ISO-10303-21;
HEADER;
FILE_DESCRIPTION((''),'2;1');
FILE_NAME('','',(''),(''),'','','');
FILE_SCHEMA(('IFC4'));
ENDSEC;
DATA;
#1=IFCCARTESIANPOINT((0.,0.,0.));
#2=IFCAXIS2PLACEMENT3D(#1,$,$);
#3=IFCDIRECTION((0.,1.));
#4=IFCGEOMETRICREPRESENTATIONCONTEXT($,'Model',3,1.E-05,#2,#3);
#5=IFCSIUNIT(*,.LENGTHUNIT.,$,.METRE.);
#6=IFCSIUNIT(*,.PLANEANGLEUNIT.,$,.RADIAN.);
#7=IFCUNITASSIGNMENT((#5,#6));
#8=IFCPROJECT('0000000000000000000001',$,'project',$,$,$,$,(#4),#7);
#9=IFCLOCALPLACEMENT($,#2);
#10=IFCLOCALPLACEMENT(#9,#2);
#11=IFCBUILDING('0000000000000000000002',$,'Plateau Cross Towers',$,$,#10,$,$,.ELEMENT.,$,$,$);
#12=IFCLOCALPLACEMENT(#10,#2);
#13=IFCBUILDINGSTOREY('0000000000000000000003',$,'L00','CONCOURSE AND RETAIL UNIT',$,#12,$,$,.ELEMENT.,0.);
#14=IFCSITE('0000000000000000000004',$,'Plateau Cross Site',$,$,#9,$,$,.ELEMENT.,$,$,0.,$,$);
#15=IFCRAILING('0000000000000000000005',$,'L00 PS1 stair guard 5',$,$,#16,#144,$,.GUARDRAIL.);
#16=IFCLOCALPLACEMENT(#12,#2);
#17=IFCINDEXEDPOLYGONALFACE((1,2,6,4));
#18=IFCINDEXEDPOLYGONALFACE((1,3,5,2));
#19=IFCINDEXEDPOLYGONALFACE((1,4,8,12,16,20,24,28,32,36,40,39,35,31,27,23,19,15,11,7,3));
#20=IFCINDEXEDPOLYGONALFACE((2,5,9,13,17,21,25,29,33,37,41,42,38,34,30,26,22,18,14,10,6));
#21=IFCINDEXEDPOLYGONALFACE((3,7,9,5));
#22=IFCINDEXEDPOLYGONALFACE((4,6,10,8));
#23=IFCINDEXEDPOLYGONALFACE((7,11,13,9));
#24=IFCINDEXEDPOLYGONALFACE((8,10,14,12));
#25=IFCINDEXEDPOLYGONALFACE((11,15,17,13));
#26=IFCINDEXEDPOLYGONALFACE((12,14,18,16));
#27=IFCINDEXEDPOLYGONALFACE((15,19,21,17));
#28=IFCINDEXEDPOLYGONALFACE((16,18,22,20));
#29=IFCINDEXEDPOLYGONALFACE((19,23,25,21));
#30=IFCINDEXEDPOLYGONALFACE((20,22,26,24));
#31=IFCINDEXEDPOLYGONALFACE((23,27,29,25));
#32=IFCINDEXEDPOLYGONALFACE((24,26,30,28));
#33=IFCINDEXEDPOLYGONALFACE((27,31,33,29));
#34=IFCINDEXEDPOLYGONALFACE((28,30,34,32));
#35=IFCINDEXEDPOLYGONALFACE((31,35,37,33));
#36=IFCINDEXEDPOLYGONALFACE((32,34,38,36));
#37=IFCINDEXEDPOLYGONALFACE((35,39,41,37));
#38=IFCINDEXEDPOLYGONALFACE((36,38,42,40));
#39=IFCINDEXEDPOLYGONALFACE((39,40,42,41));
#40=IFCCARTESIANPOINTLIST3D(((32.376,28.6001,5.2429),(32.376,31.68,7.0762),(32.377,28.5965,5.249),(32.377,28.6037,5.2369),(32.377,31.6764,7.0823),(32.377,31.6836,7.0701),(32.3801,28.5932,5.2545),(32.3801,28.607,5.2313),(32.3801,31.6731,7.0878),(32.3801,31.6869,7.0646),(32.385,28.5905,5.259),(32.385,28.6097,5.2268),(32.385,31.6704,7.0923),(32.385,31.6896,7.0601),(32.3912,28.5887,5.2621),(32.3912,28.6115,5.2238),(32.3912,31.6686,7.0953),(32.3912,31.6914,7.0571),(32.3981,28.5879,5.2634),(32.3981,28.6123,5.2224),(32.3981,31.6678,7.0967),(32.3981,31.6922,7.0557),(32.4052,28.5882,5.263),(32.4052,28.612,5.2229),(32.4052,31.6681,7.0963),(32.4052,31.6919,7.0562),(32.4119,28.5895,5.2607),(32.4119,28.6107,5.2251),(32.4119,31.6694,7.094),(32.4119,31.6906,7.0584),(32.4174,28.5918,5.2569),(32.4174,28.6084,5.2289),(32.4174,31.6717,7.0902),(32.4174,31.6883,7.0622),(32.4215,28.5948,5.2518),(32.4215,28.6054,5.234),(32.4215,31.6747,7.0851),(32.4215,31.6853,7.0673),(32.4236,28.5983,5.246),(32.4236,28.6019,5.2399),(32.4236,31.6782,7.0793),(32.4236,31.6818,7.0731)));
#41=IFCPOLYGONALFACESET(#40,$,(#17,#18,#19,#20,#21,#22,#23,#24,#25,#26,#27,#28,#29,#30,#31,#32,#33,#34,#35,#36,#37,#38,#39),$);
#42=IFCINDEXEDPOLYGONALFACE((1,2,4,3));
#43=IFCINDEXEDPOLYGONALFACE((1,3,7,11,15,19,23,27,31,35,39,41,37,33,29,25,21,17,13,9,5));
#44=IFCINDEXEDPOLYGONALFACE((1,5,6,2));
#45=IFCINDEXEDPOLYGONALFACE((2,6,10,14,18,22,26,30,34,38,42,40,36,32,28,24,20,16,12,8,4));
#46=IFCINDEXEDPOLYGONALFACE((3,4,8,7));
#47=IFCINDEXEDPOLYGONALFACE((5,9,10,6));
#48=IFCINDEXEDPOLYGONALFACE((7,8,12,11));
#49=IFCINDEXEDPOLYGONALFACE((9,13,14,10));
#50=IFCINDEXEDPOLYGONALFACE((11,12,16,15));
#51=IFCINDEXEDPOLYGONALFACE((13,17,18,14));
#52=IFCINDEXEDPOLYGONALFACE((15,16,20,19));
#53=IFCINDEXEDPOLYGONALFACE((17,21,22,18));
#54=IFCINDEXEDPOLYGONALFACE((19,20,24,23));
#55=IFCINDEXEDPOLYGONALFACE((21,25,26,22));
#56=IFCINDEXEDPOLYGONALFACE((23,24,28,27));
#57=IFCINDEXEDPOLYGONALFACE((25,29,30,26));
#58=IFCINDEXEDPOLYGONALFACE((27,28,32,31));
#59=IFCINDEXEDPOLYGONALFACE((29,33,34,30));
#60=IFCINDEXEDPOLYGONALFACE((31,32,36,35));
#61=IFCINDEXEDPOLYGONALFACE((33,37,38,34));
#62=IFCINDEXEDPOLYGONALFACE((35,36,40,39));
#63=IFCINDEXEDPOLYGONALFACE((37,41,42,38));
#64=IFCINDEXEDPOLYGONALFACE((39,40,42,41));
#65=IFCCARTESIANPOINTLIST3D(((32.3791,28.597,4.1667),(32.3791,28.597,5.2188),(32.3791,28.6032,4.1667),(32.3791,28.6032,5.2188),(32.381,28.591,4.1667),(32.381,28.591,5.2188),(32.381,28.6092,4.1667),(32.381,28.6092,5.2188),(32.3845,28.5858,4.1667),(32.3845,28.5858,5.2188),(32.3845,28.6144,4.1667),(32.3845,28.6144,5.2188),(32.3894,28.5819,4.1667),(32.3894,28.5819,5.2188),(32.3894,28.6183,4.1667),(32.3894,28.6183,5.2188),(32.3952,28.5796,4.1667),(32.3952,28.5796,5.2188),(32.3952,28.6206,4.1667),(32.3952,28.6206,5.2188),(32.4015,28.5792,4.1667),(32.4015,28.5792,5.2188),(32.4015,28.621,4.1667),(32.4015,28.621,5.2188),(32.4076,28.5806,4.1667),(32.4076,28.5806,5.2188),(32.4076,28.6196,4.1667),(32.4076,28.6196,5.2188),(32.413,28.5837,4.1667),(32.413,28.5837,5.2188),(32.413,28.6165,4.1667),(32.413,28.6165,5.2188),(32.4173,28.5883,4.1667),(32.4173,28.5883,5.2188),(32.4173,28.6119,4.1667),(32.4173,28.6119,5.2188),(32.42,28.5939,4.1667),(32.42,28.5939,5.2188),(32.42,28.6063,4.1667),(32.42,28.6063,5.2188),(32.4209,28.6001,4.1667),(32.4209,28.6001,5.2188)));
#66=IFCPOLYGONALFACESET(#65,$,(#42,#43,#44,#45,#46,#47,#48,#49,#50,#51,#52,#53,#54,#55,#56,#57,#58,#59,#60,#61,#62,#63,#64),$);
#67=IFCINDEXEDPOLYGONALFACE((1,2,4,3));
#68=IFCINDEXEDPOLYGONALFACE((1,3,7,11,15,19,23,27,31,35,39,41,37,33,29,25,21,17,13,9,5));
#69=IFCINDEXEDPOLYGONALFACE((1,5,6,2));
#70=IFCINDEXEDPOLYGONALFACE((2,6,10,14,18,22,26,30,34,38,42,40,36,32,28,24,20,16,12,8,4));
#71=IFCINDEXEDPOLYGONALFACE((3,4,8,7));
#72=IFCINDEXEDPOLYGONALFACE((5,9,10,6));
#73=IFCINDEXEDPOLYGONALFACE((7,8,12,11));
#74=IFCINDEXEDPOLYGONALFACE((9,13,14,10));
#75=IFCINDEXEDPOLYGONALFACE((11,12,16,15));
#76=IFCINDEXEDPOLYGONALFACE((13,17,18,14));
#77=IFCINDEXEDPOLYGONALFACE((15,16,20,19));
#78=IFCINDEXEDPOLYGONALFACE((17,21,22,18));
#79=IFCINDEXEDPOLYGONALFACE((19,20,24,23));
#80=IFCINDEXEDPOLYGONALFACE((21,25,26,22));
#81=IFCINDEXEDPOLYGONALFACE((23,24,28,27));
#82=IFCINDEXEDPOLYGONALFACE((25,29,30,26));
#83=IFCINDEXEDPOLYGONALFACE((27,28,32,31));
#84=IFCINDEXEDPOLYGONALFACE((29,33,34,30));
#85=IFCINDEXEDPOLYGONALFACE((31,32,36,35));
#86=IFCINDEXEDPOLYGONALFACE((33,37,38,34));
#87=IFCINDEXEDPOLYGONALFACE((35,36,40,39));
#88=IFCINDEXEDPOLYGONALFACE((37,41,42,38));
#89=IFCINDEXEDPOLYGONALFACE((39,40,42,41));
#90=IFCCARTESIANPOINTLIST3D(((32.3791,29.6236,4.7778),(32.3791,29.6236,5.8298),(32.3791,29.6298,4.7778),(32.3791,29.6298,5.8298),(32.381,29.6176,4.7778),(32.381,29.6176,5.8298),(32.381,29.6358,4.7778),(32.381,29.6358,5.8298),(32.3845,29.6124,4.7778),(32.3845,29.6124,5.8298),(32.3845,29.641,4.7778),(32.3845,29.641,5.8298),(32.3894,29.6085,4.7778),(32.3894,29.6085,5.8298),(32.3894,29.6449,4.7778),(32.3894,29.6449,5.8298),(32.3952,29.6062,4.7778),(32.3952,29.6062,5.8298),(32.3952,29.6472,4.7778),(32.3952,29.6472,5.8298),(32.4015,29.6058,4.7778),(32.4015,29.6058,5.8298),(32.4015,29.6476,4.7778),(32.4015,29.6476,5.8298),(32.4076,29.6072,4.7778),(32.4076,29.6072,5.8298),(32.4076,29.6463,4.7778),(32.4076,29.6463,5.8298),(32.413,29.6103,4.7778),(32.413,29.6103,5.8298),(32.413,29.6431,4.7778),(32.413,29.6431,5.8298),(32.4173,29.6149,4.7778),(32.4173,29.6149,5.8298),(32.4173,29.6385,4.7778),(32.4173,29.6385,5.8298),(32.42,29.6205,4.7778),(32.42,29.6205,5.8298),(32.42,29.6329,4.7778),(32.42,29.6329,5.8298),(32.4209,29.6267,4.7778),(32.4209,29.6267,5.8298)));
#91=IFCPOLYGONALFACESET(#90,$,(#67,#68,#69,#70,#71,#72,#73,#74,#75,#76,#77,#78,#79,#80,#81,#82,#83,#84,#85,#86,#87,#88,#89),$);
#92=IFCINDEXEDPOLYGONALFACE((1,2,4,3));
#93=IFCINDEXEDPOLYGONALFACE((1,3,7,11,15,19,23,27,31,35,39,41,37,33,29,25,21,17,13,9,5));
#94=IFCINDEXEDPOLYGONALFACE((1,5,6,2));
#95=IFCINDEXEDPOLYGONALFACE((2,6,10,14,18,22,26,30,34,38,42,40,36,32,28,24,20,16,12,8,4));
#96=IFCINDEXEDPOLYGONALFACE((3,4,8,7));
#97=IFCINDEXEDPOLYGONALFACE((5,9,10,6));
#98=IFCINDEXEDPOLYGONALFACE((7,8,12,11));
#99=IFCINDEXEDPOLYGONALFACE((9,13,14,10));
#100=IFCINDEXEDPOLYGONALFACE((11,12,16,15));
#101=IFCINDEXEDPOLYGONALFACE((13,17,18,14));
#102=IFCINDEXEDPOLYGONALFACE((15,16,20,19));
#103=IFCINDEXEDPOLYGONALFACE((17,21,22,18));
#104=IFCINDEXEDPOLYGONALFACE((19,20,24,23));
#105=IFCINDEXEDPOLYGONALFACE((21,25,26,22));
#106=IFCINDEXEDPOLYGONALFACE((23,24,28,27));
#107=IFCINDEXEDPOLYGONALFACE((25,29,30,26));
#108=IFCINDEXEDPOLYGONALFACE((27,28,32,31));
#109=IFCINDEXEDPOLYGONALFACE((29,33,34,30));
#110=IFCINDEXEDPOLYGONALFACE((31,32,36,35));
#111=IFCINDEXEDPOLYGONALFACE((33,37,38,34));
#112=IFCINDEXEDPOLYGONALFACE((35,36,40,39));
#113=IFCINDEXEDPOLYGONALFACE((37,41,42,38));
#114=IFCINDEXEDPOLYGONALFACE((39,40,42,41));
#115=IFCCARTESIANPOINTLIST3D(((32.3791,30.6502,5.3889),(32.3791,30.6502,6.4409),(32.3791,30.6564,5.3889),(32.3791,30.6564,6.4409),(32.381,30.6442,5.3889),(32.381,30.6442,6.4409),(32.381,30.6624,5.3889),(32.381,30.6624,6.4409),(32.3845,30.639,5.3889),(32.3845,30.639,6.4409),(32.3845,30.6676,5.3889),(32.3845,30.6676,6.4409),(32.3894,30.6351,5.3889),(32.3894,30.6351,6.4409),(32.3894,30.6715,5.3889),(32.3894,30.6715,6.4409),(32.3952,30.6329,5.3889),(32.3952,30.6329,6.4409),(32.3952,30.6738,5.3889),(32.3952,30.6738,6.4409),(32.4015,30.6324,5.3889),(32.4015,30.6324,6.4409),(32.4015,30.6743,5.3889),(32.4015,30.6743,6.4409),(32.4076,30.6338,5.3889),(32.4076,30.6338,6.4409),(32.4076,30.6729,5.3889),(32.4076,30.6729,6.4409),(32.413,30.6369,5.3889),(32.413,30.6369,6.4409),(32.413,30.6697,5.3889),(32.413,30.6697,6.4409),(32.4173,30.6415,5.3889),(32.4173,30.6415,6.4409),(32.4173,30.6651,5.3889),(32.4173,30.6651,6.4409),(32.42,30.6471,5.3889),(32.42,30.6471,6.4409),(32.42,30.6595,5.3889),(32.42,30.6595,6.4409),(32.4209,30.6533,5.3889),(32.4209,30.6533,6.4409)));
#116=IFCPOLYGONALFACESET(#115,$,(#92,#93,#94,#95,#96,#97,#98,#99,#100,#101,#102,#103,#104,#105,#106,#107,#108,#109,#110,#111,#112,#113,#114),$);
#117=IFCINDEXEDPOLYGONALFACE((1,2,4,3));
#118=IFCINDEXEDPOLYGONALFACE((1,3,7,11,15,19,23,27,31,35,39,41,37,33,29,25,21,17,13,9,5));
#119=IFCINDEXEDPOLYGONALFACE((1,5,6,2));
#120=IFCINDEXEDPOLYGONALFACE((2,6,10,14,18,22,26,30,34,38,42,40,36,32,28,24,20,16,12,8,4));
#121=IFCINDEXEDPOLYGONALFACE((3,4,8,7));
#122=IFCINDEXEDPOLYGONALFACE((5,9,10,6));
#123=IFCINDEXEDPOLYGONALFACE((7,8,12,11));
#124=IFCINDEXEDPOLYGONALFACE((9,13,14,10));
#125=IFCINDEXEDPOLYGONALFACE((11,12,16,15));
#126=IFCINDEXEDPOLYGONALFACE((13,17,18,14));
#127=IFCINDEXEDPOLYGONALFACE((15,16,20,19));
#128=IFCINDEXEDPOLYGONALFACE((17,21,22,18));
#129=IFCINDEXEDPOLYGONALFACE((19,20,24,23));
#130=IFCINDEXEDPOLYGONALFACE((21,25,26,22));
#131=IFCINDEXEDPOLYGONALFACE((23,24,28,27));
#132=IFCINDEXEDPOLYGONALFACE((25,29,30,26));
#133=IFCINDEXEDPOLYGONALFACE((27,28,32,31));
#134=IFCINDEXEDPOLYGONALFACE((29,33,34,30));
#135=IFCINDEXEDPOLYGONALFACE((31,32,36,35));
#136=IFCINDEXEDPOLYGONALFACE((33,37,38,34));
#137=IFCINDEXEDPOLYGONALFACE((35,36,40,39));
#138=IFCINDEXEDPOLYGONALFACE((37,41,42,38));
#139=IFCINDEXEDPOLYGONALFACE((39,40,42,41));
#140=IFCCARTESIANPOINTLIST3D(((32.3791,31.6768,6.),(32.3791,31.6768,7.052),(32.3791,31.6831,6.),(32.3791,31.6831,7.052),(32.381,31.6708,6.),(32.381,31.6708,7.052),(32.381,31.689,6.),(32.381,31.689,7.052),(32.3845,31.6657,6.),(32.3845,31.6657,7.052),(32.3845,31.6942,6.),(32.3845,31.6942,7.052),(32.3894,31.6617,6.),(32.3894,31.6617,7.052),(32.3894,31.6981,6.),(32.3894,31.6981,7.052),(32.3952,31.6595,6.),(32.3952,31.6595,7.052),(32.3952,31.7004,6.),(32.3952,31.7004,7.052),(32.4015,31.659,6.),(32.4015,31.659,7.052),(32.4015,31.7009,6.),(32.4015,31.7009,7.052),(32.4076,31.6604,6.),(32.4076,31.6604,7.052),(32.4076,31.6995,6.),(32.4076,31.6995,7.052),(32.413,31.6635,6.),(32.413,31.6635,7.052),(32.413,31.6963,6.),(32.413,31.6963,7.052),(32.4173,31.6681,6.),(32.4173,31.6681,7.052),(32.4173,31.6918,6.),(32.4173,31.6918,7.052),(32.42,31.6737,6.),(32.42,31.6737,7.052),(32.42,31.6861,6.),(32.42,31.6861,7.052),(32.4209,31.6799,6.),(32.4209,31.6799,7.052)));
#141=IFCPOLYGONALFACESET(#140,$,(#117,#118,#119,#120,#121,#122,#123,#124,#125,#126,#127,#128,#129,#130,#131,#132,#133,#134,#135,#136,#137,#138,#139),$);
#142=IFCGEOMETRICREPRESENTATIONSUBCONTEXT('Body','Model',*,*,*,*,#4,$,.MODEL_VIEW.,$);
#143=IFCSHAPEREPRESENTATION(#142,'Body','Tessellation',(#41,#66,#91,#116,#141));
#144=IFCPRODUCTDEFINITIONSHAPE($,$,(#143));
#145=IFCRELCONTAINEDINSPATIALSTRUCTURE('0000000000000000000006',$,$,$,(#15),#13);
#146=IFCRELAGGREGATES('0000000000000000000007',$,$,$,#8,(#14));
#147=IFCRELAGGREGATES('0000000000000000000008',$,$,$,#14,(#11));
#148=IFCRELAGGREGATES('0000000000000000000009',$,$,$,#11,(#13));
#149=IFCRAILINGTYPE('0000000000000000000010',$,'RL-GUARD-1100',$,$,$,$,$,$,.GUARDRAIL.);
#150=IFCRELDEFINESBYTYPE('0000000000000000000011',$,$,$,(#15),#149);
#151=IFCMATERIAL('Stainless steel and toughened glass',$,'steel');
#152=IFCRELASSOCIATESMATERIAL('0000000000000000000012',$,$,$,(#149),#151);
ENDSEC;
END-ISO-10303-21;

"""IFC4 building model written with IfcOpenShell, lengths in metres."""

from ifc_helpers import new_model, si_unit, direction, frame, origin, origin_2d, place, context, subcontext, project, spatial, circle, extrude, material, type_object, element, save


model = new_model("IFC4")

# Units and contexts
model_context = context("Model", 3, precision=1e-05, world=origin(), true_north=direction((0.0, 1.0)))
body_context = subcontext(model_context, "Body", "Model", "MODEL_VIEW")
ifc_project = project(units=[si_unit("LENGTHUNIT", "METRE"), si_unit("PLANEANGLEUNIT", "RADIAN")], contexts=[model_context])

# Site, building, storey
site_placement = place(None, origin())
site = spatial("IfcSite", under=ifc_project, at=site_placement, Name="Plateau Cross Site", CompositionType="ELEMENT", RefElevation=0.0)
building_placement = place(site_placement, origin())
building = spatial("IfcBuilding", under=site, at=building_placement, Name="Plateau Cross Towers", CompositionType="ELEMENT")
storey_placement = place(building_placement, origin())
storey = spatial("IfcBuildingStorey", under=building, at=storey_placement, Name="L00", Description="CONCOURSE AND RETAIL UNIT", CompositionType="ELEMENT", Elevation=0.0)

# Railing
ifc_material_1 = material(Name="Stainless steel and toughened glass", Category="steel")
railing_type_1 = type_object("IfcRailingType", Name="RL-GUARD-1100", PredefinedType="GUARDRAIL", material=ifc_material_1)
railing_1_placement = place(storey_placement, frame((32.3999, 28.6001, 4.1667)))
element("IfcRailing", 1, at=railing_1_placement, inside=storey, type_object=railing_type_1, Name="L00 PS1 stair guard 5", PredefinedType="GUARDRAIL", context=body_context, shape_type="SweptSolid", body=[
    extrude(circle(Radius=0.0239, at=origin_2d()), frame((0.0, 0.0, 1.0762), z_axis=(0.0, 0.859291, 0.511487), x_axis=(-1.0, 0.0, 0.0)), (0.0, 0.0, 1.0), 3.5842),
    extrude(circle(Radius=0.021, at=origin_2d()), origin(), (0.0, 0.0, 1.0), 1.052),
    extrude(circle(Radius=0.021, at=origin_2d()), frame((0.0, 1.0266, 0.6111)), (0.0, 0.0, 1.0), 1.052),
    extrude(circle(Radius=0.021, at=origin_2d()), frame((0.0, 2.0532, 1.2222)), (0.0, 0.0, 1.0), 1.052),
    extrude(circle(Radius=0.021, at=origin_2d()), frame((0.0, 3.0798, 1.8333)), (0.0, 0.0, 1.0), 1.052),
])

save(model, "model.ifc")
